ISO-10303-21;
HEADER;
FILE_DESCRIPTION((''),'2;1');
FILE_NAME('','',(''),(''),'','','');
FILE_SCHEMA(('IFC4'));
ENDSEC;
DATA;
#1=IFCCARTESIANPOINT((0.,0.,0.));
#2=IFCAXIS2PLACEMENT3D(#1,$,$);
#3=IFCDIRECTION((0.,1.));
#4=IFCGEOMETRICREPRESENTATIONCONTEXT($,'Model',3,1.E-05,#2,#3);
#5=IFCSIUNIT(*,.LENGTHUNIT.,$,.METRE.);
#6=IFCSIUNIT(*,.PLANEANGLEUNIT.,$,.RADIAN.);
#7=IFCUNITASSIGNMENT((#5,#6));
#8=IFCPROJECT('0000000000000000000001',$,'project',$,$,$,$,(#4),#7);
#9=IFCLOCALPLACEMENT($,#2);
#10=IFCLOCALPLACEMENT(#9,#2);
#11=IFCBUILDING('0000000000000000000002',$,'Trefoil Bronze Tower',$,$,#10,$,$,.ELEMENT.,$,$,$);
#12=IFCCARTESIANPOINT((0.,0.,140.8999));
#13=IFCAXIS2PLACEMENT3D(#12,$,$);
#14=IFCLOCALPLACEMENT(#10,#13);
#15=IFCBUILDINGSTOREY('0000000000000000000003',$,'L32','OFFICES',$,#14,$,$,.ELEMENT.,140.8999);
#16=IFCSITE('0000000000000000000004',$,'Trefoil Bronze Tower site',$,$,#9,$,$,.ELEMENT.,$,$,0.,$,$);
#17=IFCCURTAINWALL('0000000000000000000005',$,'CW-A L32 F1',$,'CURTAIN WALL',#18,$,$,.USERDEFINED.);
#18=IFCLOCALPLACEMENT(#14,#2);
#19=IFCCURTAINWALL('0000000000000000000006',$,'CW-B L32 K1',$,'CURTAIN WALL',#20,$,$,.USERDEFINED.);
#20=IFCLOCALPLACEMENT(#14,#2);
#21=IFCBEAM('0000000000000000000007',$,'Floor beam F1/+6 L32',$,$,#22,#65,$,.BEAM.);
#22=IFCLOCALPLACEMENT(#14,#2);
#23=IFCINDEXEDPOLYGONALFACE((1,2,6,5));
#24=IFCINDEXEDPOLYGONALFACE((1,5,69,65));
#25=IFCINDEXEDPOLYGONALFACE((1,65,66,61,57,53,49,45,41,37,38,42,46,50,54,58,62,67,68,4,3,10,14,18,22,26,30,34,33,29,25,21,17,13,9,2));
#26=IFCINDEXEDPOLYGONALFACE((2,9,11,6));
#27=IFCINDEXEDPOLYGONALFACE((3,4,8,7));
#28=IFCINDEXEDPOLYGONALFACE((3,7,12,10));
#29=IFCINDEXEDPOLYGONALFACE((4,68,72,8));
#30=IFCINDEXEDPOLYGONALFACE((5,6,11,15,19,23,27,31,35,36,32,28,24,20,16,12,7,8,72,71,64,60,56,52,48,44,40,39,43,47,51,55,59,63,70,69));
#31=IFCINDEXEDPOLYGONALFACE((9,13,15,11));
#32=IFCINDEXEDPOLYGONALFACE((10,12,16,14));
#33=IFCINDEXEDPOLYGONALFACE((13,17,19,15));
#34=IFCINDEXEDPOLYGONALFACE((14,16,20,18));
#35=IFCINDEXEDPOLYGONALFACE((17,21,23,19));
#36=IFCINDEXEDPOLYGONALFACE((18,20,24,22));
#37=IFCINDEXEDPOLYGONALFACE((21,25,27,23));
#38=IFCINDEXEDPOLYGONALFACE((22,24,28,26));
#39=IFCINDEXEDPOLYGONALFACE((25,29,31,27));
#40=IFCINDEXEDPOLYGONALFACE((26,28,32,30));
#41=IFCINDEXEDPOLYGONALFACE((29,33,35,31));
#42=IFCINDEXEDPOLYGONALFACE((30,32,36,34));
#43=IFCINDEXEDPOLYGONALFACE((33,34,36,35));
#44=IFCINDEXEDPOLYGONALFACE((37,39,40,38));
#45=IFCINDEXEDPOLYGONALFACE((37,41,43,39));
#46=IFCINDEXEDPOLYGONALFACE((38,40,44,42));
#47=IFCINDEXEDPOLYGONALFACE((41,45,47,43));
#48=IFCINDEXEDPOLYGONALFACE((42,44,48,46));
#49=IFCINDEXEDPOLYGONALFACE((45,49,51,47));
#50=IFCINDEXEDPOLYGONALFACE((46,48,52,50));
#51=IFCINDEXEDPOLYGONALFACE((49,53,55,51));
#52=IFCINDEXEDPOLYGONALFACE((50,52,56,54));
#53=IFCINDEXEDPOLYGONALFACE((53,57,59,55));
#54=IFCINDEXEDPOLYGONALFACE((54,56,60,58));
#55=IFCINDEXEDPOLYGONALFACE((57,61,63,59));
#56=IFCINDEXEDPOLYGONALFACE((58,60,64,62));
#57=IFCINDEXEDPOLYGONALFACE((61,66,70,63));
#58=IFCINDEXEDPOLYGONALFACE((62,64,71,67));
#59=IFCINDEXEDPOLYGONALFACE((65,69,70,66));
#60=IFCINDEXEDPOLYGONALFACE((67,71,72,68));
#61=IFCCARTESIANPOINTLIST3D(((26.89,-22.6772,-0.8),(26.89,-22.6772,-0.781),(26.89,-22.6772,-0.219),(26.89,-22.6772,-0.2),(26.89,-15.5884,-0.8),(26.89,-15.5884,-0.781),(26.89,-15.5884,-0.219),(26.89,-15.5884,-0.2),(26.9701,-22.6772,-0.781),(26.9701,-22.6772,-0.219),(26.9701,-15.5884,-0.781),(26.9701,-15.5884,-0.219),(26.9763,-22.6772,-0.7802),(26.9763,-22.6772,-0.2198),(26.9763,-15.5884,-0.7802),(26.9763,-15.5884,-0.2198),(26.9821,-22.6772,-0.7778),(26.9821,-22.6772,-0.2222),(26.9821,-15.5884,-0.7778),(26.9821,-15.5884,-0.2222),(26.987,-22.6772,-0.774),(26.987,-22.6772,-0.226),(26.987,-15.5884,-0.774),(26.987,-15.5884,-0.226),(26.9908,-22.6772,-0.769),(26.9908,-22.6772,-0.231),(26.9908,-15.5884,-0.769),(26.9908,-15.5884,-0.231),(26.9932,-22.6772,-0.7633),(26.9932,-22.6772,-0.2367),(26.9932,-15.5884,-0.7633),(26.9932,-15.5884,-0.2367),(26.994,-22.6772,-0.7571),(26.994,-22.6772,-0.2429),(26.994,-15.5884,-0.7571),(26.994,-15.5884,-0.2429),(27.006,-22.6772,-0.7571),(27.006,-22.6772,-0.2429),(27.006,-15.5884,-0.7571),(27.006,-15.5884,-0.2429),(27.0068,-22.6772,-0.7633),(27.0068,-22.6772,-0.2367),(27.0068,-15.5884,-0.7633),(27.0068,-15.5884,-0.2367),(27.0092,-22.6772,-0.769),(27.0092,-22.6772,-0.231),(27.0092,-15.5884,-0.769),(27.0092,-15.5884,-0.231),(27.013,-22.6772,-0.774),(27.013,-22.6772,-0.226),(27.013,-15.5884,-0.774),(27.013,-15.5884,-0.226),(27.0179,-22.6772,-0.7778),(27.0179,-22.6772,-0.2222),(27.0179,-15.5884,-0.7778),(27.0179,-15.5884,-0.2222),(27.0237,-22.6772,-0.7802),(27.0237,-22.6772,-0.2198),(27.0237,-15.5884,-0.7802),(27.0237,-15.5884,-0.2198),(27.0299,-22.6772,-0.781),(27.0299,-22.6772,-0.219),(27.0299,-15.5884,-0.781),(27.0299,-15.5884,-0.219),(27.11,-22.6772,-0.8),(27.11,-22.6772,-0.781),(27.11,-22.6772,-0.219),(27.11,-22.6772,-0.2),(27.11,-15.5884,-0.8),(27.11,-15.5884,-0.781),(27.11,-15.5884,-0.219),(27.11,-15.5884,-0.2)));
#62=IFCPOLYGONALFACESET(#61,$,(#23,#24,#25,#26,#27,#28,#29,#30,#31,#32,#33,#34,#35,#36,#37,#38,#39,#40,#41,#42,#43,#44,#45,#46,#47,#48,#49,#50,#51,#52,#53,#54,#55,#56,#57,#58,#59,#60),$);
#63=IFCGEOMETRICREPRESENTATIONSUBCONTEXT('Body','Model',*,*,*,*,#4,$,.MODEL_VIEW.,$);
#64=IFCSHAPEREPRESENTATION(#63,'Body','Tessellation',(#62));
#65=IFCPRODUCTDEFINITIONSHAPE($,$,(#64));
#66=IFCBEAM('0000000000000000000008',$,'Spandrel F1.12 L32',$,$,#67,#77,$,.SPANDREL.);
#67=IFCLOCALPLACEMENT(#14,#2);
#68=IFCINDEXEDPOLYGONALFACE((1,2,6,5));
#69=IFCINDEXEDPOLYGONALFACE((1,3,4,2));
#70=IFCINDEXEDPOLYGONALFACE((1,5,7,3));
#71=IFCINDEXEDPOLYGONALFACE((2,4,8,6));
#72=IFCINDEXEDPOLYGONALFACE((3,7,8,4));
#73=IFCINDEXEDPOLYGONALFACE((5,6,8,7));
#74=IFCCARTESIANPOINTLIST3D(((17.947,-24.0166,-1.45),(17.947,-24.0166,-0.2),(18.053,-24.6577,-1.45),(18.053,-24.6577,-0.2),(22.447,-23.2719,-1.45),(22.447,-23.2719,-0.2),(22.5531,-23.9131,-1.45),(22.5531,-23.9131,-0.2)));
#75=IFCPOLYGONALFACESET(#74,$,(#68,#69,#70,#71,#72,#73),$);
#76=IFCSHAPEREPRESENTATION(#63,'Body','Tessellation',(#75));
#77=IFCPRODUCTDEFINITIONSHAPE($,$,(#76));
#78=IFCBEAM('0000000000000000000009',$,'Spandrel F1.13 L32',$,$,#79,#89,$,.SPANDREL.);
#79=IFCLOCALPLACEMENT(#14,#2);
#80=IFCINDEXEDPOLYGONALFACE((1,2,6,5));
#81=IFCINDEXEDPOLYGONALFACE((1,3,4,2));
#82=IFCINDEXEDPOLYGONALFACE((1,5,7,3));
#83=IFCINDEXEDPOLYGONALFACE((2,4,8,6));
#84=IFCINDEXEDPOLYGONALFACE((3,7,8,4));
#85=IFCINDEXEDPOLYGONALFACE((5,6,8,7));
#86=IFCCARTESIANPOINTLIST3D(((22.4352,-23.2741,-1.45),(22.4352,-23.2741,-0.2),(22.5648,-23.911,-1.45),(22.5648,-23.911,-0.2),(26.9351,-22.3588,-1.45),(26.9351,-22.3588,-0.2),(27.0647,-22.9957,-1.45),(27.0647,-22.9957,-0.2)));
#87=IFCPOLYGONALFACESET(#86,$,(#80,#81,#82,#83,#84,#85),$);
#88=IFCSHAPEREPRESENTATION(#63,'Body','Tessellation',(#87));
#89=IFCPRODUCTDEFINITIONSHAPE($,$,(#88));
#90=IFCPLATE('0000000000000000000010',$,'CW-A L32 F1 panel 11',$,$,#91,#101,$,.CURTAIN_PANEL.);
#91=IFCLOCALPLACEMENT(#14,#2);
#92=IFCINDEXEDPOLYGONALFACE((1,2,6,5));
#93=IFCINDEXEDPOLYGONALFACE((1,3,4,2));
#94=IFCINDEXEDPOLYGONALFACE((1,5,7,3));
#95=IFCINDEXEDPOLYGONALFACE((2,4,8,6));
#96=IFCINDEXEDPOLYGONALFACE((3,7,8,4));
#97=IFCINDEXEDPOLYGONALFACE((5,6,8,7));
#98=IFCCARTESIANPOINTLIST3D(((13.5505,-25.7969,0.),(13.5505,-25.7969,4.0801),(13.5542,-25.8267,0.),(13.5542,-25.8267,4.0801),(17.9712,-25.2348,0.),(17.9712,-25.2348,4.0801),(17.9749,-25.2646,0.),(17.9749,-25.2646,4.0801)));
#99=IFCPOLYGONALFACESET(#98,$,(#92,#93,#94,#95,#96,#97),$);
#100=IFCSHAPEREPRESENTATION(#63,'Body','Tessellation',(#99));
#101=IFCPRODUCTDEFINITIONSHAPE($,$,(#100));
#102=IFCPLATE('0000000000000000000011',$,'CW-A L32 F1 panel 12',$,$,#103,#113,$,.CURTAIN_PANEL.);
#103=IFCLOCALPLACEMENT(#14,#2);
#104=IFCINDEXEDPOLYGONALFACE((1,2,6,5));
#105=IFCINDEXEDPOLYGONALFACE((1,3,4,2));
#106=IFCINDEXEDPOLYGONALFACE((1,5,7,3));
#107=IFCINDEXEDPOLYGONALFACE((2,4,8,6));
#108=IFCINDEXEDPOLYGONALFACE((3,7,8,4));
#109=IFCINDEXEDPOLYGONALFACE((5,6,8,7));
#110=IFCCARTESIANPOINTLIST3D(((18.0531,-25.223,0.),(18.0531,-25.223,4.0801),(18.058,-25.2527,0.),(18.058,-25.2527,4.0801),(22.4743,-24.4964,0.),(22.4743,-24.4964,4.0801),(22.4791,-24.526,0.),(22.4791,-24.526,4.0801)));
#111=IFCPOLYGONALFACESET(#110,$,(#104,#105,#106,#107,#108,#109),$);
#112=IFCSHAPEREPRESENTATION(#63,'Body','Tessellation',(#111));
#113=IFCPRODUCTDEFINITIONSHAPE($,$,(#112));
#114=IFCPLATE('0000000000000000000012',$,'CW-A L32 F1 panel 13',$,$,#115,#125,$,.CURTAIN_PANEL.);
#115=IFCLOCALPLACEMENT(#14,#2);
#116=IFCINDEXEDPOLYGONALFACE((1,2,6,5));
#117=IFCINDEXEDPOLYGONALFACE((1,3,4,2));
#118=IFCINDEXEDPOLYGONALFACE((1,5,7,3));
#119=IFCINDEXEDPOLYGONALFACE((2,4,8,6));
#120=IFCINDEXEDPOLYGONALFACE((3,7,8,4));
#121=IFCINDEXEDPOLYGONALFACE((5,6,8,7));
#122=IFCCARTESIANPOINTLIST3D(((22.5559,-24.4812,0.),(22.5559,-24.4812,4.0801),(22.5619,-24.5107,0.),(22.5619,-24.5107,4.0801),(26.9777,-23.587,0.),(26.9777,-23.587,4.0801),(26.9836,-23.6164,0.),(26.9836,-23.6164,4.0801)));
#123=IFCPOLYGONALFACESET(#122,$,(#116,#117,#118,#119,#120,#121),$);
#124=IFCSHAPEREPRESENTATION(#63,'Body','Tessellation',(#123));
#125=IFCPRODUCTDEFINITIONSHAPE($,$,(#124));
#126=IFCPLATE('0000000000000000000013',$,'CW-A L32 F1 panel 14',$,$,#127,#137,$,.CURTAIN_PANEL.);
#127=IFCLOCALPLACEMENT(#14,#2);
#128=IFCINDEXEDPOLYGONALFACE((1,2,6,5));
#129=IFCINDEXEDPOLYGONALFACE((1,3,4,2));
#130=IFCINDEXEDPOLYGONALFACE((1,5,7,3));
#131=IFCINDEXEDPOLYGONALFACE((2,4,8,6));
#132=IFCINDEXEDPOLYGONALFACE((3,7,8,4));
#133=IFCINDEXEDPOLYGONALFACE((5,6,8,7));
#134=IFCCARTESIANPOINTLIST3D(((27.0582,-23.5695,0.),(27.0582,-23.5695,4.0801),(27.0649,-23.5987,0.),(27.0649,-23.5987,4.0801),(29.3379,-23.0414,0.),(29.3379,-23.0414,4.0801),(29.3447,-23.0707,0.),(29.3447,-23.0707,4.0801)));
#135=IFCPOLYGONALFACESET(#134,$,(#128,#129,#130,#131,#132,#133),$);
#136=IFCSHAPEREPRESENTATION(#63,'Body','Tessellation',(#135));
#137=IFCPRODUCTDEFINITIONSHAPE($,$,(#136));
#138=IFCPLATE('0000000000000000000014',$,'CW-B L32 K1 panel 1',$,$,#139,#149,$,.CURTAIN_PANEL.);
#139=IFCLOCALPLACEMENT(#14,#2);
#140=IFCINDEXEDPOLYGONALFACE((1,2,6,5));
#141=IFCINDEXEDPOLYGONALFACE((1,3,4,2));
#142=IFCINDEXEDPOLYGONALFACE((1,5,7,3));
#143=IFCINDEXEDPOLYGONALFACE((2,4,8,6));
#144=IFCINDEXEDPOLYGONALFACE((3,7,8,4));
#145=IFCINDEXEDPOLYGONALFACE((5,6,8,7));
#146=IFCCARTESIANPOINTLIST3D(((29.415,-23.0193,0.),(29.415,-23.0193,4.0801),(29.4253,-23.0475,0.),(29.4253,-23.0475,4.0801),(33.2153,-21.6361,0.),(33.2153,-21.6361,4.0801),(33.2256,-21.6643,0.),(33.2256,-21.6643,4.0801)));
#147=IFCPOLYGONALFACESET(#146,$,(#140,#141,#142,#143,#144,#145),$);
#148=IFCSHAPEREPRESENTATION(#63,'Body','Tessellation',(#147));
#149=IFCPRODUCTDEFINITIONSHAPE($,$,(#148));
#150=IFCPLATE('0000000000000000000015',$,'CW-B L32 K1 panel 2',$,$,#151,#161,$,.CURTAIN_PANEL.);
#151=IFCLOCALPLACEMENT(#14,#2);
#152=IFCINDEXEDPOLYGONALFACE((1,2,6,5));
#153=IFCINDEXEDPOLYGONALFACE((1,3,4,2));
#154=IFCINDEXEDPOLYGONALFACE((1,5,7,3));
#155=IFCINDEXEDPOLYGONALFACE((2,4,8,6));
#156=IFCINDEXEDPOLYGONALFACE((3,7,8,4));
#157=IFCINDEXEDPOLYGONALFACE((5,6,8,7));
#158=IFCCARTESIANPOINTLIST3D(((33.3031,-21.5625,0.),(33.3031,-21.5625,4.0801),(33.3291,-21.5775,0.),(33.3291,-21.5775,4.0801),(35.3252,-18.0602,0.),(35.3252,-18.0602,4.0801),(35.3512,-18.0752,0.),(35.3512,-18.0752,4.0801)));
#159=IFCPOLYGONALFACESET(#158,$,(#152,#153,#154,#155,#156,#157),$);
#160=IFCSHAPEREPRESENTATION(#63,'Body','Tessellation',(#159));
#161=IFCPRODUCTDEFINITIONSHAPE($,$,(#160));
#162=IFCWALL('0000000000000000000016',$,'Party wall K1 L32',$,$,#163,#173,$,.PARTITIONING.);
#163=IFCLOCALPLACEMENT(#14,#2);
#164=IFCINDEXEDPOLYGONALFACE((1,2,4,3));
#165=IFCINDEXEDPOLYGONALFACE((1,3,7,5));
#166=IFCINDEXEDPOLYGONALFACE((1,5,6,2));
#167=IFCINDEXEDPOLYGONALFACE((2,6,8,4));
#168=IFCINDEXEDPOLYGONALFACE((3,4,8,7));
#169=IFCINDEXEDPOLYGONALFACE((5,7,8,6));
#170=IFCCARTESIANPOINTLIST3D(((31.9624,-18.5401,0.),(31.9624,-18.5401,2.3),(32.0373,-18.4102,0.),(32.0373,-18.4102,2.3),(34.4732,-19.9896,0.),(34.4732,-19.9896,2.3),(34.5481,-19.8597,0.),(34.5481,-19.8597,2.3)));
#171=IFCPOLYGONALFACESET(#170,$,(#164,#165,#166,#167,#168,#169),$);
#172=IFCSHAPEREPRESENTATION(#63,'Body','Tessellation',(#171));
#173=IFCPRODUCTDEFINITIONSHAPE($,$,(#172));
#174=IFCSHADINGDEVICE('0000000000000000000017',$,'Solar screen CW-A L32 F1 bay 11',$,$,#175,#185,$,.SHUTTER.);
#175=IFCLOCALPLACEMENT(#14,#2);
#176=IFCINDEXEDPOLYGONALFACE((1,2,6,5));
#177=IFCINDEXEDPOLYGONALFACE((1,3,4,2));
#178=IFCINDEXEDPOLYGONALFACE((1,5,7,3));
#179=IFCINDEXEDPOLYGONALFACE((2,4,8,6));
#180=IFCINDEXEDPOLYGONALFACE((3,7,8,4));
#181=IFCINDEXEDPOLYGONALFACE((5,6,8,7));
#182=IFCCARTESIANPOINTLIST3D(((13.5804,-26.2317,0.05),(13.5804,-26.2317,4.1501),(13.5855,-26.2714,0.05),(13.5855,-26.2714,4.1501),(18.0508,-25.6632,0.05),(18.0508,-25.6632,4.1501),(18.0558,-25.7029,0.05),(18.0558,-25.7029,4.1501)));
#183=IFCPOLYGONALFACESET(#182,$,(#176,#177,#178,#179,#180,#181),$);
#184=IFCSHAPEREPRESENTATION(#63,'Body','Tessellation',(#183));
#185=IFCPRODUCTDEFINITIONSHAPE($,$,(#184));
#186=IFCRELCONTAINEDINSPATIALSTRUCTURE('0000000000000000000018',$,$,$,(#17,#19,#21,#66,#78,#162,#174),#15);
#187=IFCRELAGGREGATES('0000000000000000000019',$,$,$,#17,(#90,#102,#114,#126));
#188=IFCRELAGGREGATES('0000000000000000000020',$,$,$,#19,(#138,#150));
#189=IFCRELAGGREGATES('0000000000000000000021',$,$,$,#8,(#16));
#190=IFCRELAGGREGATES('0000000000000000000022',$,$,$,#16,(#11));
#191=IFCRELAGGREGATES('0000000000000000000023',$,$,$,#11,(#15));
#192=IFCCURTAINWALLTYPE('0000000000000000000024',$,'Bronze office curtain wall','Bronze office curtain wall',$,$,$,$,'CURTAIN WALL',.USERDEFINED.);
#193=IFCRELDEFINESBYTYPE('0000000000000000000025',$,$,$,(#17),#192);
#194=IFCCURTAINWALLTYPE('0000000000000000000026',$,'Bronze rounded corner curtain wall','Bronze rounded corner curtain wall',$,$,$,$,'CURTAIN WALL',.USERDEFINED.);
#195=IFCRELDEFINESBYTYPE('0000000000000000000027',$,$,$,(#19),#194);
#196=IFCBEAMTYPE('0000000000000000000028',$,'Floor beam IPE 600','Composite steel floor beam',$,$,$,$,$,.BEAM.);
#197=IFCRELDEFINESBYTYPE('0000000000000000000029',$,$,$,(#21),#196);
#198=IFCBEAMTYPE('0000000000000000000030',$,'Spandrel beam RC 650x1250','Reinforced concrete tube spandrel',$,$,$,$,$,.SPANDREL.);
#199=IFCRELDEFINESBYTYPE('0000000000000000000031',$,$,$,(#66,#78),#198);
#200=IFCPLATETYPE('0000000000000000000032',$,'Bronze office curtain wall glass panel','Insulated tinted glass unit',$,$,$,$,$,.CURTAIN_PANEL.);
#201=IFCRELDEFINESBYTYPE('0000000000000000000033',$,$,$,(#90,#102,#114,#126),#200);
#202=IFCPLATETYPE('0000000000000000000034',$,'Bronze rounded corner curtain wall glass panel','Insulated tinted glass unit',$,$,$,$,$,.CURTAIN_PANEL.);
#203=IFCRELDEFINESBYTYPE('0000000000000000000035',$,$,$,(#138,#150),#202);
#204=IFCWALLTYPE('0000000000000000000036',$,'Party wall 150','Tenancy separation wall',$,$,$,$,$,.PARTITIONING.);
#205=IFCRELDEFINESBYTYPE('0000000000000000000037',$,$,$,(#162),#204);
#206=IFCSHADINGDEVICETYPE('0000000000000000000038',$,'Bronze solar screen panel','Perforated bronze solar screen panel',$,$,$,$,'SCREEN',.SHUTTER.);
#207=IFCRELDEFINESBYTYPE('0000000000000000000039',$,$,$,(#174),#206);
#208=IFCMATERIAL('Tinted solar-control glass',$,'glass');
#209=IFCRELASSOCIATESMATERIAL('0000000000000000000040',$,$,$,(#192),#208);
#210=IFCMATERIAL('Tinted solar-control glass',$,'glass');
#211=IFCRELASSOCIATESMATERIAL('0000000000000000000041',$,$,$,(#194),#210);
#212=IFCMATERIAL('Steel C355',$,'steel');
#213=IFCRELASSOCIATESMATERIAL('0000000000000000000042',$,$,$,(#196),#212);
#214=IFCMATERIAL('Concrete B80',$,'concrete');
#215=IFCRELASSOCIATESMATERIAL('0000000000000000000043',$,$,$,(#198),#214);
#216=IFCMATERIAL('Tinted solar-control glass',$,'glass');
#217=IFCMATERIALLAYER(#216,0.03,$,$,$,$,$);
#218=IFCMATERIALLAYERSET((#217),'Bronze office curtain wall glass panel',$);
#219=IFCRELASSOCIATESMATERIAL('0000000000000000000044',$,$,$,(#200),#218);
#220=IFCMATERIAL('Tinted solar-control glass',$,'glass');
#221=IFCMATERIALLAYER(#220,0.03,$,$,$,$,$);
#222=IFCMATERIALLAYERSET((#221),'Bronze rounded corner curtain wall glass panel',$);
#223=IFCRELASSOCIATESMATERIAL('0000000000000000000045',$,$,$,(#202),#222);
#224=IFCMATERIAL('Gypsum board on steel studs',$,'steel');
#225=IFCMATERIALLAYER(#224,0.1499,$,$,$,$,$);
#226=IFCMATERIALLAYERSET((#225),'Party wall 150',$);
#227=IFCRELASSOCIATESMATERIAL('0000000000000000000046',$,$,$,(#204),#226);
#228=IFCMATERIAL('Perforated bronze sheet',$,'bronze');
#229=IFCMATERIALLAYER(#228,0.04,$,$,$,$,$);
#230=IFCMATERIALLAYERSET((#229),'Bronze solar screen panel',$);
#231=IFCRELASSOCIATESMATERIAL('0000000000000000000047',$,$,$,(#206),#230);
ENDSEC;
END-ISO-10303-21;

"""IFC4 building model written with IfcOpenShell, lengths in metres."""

from ifc_helpers import new_model, si_unit, direction, frame, frame_2d, origin, origin_2d, place, context, subcontext, project, spatial, rectangle, i_section, extrude, material, layer, layer_set, material_profile, profile_set, type_object, element, aggregate, save


model = new_model("IFC4")

# Units and contexts
model_context = context("Model", 3, precision=1e-05, world=origin(), true_north=direction((0.0, 1.0)))
body_context = subcontext(model_context, "Body", "Model", "MODEL_VIEW")
ifc_project = project(units=[si_unit("LENGTHUNIT", "METRE"), si_unit("PLANEANGLEUNIT", "RADIAN")], contexts=[model_context])

# Site, building, storey
site_placement = place(None, origin())
site = spatial("IfcSite", under=ifc_project, at=site_placement, Name="Trefoil Bronze Tower site", CompositionType="ELEMENT", RefElevation=0.0)
building_placement = place(site_placement, origin())
building = spatial("IfcBuilding", under=site, at=building_placement, Name="Trefoil Bronze Tower", CompositionType="ELEMENT")
storey_placement = place(building_placement, frame((0.0, 0.0, 140.8999)))
storey = spatial("IfcBuildingStorey", under=building, at=storey_placement, Name="L32", Description="OFFICES", CompositionType="ELEMENT", Elevation=140.8999)

# Curtain walls
ifc_material_1 = material(Name="Tinted solar-control glass", Category="glass")
curtain_wall_type_1 = type_object("IfcCurtainWallType", Name="Bronze office curtain wall", Description="Bronze office curtain wall", ElementType="CURTAIN WALL", PredefinedType="USERDEFINED", material=ifc_material_1)
curtain_wall_1_placement = place(storey_placement, origin())
curtain_wall_1 = element("IfcCurtainWall", 1, at=curtain_wall_1_placement, inside=storey, type_object=curtain_wall_type_1, Name="CW-A L32 F1", ObjectType="CURTAIN WALL", PredefinedType="USERDEFINED")
ifc_material_2 = material(Name="Tinted solar-control glass", Category="glass")
curtain_wall_type_2 = type_object("IfcCurtainWallType", Name="Bronze rounded corner curtain wall", Description="Bronze rounded corner curtain wall", ElementType="CURTAIN WALL", PredefinedType="USERDEFINED", material=ifc_material_2)
curtain_wall_2_placement = place(storey_placement, origin())
curtain_wall_2 = element("IfcCurtainWall", 2, at=curtain_wall_2_placement, inside=storey, type_object=curtain_wall_type_2, Name="CW-B L32 K1", ObjectType="CURTAIN WALL", PredefinedType="USERDEFINED")

# Beams
ifc_material_3 = material(Name="Steel C355", Category="steel")
ifc_material_profile_1 = material_profile(ifc_material_3, i_section(OverallWidth=0.22, OverallDepth=0.6001, WebThickness=0.012, FlangeThickness=0.019, FilletRadius=0.0239, at=origin_2d()), Name="IPE 600")
ifc_profile_set_1 = profile_set([ifc_material_profile_1], Name="Steel C355")
beam_type_1 = type_object("IfcBeamType", Name="Floor beam IPE 600", Description="Composite steel floor beam", PredefinedType="BEAM", material=ifc_profile_set_1)
beam_1_placement = place(storey_placement, frame((27.0, -22.6772, -0.5), z_axis=(0.0, 1.0, 0.0), x_axis=(-1.0, 0.0, 0.0)))
element("IfcBeam", 3, at=beam_1_placement, inside=storey, type_object=beam_type_1, Name="Floor beam F1/+6 L32", PredefinedType="BEAM", context=body_context, shape_type="SweptSolid", body=[
    extrude(i_section(OverallWidth=0.22, OverallDepth=0.6001, WebThickness=0.012, FlangeThickness=0.019, FilletRadius=0.0239, at=origin_2d()), origin(), (0.0, 0.0, 1.0), 7.0889),
])
ifc_material_4 = material(Name="Concrete B80", Category="concrete")
ifc_material_profile_2 = material_profile(ifc_material_4, rectangle(XDim=0.6499, YDim=1.25, at=origin_2d()), Name="RC 650x1250")
ifc_profile_set_2 = profile_set([ifc_material_profile_2], Name="Concrete B80")
beam_type_2 = type_object("IfcBeamType", Name="Spandrel beam RC 650x1250", Description="Reinforced concrete tube spandrel", PredefinedType="SPANDREL", material=ifc_profile_set_2)
beam_2_placement = place(storey_placement, frame((18.0, -24.3372, -0.825), z_axis=(0.986584, 0.163253, 0.0), x_axis=(-0.163253, 0.986584, 0.0)))
element("IfcBeam", 4, at=beam_2_placement, inside=storey, type_object=beam_type_2, Name="Spandrel F1.12 L32", PredefinedType="SPANDREL", context=body_context, shape_type="SweptSolid", body=[
    extrude(rectangle(XDim=0.6499, YDim=1.25, at=origin_2d()), origin(), (0.0, 0.0, 1.0), 4.5613),
])
beam_3_placement = place(storey_placement, frame((22.5, -23.5925, -0.825), z_axis=(0.979935, 0.199315, 0.0), x_axis=(-0.199315, 0.979935, 0.0)))
element("IfcBeam", 5, at=beam_3_placement, inside=storey, type_object=beam_type_2, Name="Spandrel F1.13 L32", PredefinedType="SPANDREL", context=body_context, shape_type="SweptSolid", body=[
    extrude(rectangle(XDim=0.6499, YDim=1.25, at=origin_2d()), origin(), (0.0, 0.0, 1.0), 4.592),
])

# Plates
ifc_material_5 = material(Name="Tinted solar-control glass", Category="glass")
ifc_layer_1 = layer(ifc_material_5, 0.03)
ifc_layer_set_1 = layer_set([ifc_layer_1], Name="Bronze office curtain wall glass panel")
plate_type_1 = type_object("IfcPlateType", Name="Bronze office curtain wall glass panel", Description="Insulated tinted glass unit", PredefinedType="CURTAIN_PANEL", material=ifc_layer_set_1)
plate_1_placement = place(storey_placement, frame((15.7627, -25.5308, 0.0), z_axis=(0.0, 0.0, 1.0), x_axis=(0.992012, 0.126147, 0.0)))
plate_1 = element("IfcPlate", 6, at=plate_1_placement, type_object=plate_type_1, Name="CW-A L32 F1 panel 11", PredefinedType="CURTAIN_PANEL", context=body_context, shape_type="SweptSolid", body=[
    extrude(rectangle(XDim=4.4563, YDim=0.03, at=origin_2d()), origin(), (0.0, 0.0, 1.0), 4.0801),
])
plate_2_placement = place(storey_placement, frame((20.2661, -24.8745, 0.0), z_axis=(0.0, 0.0, 1.0), x_axis=(0.98676, 0.162189, 0.0)))
plate_2 = element("IfcPlate", 7, at=plate_2_placement, type_object=plate_type_1, Name="CW-A L32 F1 panel 12", PredefinedType="CURTAIN_PANEL", context=body_context, shape_type="SweptSolid", body=[
    extrude(rectangle(XDim=4.4805, YDim=0.03, at=origin_2d()), origin(), (0.0, 0.0, 1.0), 4.0801),
])
plate_3_placement = place(storey_placement, frame((24.7698, -24.0488, 0.0), z_axis=(0.0, 0.0, 1.0), x_axis=(0.980155, 0.198232, 0.0)))
plate_3 = element("IfcPlate", 8, at=plate_3_placement, type_object=plate_type_1, Name="CW-A L32 F1 panel 13", PredefinedType="CURTAIN_PANEL", context=body_context, shape_type="SweptSolid", body=[
    extrude(rectangle(XDim=4.5112, YDim=0.03, at=origin_2d()), origin(), (0.0, 0.0, 1.0), 4.0801),
])
plate_4_placement = place(storey_placement, frame((28.2014, -23.3201, 0.0), z_axis=(0.0, 0.0, 1.0), x_axis=(0.974204, 0.225667, 0.0)))
plate_4 = element("IfcPlate", 9, at=plate_4_placement, type_object=plate_type_1, Name="CW-A L32 F1 panel 14", PredefinedType="CURTAIN_PANEL", context=body_context, shape_type="SweptSolid", body=[
    extrude(rectangle(XDim=2.3401, YDim=0.03, at=origin_2d()), origin(), (0.0, 0.0, 1.0), 4.0801),
])
aggregate(curtain_wall_1, [plate_1, plate_2, plate_3, plate_4])
ifc_material_6 = material(Name="Tinted solar-control glass", Category="glass")
ifc_layer_2 = layer(ifc_material_6, 0.03)
ifc_layer_set_2 = layer_set([ifc_layer_2], Name="Bronze rounded corner curtain wall glass panel")
plate_type_2 = type_object("IfcPlateType", Name="Bronze rounded corner curtain wall glass panel", Description="Insulated tinted glass unit", PredefinedType="CURTAIN_PANEL", material=ifc_layer_set_2)
plate_5_placement = place(storey_placement, frame((31.3203, -22.3418, 0.0), z_axis=(0.0, 0.0, 1.0), x_axis=(0.939693, 0.34202, 0.0)))
plate_5 = element("IfcPlate", 10, at=plate_5_placement, type_object=plate_type_2, Name="CW-B L32 K1 panel 1", PredefinedType="CURTAIN_PANEL", context=body_context, shape_type="SweptSolid", body=[
    extrude(rectangle(XDim=4.0442, YDim=0.03, at=origin_2d()), origin(), (0.0, 0.0, 1.0), 4.0801),
])
plate_6_placement = place(storey_placement, frame((34.3271, -19.8188, 0.0), z_axis=(0.0, 0.0, 1.0), x_axis=(0.5, 0.866025, 0.0)))
plate_6 = element("IfcPlate", 11, at=plate_6_placement, type_object=plate_type_2, Name="CW-B L32 K1 panel 2", PredefinedType="CURTAIN_PANEL", context=body_context, shape_type="SweptSolid", body=[
    extrude(rectangle(XDim=4.0442, YDim=0.03, at=origin_2d()), origin(), (0.0, 0.0, 1.0), 4.0801),
])
aggregate(curtain_wall_2, [plate_5, plate_6])

# Wall
ifc_material_7 = material(Name="Gypsum board on steel studs", Category="steel")
ifc_layer_3 = layer(ifc_material_7, 0.1499)
ifc_layer_set_3 = layer_set([ifc_layer_3], Name="Party wall 150")
wall_type = type_object("IfcWallType", Name="Party wall 150", Description="Tenancy separation wall", PredefinedType="PARTITIONING", material=ifc_layer_set_3)
wall_placement = place(storey_placement, frame((31.9998, -18.4751, 0.0), z_axis=(0.0, 0.0, 1.0), x_axis=(0.866043, -0.49997, 0.0)))
element("IfcWall", 12, at=wall_placement, inside=storey, type_object=wall_type, Name="Party wall K1 L32", PredefinedType="PARTITIONING", context=body_context, shape_type="SweptSolid", body=[
    extrude(rectangle(XDim=2.8992, YDim=0.1499, at=frame_2d((1.4497, 0.0))), origin(), (0.0, 0.0, 1.0), 2.3),
])

# Shading device
ifc_material_8 = material(Name="Perforated bronze sheet", Category="bronze")
ifc_layer_4 = layer(ifc_material_8, 0.04)
ifc_layer_set_4 = layer_set([ifc_layer_4], Name="Bronze solar screen panel")
shading_device_type = type_object("IfcShadingDeviceType", Name="Bronze solar screen panel", Description="Perforated bronze solar screen panel", ElementType="SCREEN", PredefinedType="SHUTTER", material=ifc_layer_set_4)
shading_device_1_placement = place(storey_placement, frame((15.8181, -25.9673, 0.05), z_axis=(0.0, 0.0, 1.0), x_axis=(0.992012, 0.126147, 0.0)))
element("IfcShadingDevice", 13, at=shading_device_1_placement, inside=storey, type_object=shading_device_type, Name="Solar screen CW-A L32 F1 bay 11", PredefinedType="SHUTTER", context=body_context, shape_type="SweptSolid", body=[
    extrude(rectangle(XDim=4.5063, YDim=0.04, at=origin_2d()), origin(), (0.0, 0.0, 1.0), 4.1001),
])

save(model, "model.ifc")
